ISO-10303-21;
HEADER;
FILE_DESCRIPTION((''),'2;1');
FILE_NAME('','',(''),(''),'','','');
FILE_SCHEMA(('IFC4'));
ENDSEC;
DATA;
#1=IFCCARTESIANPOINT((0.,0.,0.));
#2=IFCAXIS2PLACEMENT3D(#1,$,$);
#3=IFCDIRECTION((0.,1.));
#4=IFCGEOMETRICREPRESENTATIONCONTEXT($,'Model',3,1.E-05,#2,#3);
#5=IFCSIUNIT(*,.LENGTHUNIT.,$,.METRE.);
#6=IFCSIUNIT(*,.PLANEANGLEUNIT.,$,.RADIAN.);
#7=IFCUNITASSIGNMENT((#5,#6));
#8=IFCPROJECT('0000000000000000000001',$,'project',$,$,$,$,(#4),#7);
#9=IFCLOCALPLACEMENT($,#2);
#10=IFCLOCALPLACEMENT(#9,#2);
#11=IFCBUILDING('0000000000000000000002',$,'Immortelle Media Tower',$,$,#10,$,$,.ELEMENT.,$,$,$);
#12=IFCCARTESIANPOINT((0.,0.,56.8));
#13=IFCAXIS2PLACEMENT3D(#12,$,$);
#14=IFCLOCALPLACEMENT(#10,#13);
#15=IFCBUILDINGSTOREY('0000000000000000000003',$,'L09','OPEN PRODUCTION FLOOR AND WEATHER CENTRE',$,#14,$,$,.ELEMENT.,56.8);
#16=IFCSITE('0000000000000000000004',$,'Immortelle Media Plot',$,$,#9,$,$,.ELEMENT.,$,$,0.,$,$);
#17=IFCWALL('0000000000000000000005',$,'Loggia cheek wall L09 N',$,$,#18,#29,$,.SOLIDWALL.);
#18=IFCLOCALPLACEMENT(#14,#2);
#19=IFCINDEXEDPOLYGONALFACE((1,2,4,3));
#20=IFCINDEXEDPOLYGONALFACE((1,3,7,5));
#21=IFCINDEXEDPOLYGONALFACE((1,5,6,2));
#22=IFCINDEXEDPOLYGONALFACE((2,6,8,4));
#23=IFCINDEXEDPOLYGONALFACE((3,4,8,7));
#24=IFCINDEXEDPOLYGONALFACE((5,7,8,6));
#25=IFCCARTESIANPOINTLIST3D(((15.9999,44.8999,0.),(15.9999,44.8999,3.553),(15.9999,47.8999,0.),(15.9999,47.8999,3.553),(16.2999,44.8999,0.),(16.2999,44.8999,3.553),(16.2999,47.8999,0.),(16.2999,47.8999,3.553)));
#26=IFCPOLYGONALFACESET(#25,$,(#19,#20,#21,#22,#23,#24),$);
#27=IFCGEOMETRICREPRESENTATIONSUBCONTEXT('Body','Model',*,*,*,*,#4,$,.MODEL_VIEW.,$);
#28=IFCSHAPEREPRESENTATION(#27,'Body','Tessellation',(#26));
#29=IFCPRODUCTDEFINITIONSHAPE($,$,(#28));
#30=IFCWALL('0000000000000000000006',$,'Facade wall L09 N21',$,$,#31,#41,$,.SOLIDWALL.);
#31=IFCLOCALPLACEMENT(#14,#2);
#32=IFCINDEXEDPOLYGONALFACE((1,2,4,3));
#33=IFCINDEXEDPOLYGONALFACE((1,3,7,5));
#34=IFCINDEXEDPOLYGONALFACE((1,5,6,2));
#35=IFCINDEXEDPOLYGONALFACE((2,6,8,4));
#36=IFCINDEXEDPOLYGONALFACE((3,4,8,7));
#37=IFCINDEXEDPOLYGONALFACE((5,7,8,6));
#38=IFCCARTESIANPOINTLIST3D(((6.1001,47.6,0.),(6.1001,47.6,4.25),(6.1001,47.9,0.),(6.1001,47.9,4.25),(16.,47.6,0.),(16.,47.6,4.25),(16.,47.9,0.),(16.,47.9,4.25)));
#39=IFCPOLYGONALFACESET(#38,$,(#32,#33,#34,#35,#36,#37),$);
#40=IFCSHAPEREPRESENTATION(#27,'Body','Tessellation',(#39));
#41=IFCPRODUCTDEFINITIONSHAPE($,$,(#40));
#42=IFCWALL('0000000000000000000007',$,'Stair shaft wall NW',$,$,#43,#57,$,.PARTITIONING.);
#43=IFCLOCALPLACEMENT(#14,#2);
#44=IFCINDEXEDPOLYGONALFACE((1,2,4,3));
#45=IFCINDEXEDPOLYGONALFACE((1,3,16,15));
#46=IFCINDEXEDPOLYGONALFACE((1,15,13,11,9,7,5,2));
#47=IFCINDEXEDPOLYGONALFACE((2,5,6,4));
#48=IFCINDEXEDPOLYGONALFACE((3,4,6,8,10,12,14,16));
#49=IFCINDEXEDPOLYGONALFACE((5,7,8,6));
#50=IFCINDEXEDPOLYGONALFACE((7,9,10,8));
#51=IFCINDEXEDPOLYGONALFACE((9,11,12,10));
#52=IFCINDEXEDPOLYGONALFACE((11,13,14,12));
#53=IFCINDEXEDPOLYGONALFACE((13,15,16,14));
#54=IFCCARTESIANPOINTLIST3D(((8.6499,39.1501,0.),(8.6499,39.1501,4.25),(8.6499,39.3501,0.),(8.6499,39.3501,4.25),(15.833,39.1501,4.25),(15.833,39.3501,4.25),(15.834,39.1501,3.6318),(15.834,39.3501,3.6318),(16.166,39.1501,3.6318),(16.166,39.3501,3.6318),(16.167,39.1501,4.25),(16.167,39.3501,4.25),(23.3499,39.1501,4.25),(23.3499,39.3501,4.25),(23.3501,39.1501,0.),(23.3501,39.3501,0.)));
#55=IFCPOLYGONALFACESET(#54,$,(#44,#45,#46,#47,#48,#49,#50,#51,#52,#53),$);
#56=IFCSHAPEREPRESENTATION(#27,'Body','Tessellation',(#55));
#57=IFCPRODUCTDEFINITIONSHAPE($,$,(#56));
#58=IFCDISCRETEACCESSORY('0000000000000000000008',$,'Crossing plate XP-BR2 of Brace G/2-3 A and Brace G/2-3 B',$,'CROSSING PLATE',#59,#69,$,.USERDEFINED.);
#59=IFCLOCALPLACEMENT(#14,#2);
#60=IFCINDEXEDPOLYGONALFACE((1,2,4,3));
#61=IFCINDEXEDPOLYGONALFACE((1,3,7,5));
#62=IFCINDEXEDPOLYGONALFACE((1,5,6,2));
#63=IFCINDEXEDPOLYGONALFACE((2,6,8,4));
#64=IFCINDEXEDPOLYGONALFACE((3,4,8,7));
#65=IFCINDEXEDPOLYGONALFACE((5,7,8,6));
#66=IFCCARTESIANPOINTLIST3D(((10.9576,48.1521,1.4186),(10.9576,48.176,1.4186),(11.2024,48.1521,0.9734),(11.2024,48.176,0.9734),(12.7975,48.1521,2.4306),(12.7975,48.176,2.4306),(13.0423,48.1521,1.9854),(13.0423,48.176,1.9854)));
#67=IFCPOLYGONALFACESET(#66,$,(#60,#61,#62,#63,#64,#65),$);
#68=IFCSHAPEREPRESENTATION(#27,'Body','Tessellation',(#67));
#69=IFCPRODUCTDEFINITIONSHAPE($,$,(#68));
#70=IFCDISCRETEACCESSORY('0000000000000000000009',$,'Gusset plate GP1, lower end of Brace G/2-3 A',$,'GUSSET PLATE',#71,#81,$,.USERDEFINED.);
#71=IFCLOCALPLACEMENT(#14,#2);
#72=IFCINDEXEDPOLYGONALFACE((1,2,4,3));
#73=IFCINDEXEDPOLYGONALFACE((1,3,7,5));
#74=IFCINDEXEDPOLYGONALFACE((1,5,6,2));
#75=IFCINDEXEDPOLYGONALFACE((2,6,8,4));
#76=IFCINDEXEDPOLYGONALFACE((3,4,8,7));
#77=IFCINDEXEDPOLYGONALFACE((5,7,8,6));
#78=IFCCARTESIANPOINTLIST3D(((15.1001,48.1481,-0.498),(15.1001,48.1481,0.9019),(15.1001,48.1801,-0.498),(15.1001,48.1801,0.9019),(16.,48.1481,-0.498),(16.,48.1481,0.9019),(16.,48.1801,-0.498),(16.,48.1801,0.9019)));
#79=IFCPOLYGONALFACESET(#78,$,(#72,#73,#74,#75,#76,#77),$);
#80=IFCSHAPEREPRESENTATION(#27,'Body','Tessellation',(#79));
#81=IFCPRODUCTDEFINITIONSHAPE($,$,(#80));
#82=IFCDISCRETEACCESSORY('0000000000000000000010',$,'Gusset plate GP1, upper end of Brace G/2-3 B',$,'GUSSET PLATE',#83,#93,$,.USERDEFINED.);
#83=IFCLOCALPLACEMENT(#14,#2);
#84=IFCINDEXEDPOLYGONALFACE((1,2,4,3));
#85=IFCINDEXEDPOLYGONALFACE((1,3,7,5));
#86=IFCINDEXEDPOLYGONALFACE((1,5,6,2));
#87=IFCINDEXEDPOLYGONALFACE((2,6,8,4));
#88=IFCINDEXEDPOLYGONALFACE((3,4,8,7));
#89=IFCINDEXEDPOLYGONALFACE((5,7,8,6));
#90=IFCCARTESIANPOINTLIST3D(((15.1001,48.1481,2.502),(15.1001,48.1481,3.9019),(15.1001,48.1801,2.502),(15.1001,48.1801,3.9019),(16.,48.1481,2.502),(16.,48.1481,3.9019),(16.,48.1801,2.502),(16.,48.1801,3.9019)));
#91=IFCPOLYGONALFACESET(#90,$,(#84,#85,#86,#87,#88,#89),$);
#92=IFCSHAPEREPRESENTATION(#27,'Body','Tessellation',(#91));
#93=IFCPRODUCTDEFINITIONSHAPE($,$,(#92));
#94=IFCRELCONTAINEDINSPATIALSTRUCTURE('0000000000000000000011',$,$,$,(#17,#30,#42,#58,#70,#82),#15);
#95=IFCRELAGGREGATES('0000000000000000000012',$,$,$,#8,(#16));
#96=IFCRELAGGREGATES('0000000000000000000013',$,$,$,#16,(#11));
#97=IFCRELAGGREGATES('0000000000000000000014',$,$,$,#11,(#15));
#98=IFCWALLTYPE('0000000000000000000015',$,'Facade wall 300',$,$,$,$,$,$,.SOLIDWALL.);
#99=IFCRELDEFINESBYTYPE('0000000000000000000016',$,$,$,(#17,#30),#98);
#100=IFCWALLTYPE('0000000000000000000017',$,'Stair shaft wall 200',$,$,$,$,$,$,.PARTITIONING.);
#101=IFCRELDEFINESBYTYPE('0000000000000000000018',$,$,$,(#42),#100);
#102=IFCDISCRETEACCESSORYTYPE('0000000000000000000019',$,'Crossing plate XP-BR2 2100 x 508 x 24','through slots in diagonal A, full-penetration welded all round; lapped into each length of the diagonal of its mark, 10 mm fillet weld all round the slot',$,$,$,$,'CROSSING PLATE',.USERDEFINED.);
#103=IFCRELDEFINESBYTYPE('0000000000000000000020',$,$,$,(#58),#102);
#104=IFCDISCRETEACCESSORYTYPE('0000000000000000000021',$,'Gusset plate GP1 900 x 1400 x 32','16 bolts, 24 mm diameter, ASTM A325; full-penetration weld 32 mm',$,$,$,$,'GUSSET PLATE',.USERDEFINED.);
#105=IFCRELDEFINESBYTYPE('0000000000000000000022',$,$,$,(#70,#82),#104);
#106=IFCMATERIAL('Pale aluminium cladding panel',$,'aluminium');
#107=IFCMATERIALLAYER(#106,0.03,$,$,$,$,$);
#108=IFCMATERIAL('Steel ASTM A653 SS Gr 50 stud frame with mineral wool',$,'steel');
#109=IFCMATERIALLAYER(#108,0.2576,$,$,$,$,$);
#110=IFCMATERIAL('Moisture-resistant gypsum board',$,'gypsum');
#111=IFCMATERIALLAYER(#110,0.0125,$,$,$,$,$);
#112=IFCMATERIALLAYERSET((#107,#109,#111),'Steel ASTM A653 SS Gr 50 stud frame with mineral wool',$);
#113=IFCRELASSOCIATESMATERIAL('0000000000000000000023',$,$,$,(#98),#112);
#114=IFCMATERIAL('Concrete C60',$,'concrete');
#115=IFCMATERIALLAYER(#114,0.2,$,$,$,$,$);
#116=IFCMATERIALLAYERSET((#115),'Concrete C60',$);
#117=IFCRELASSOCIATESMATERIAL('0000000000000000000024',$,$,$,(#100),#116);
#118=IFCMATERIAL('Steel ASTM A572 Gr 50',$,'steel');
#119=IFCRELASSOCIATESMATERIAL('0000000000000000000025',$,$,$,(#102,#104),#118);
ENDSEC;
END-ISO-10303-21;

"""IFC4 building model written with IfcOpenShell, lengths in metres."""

from ifc_helpers import new_model, si_unit, direction, frame, frame_2d, origin, origin_2d, place, context, subcontext, project, spatial, polyline, rectangle, outline, extrude, material, layer, layer_set, material_profile, profile_set, type_object, element, save


model = new_model("IFC4")

# Units and contexts
model_context = context("Model", 3, precision=1e-05, world=origin(), true_north=direction((0.0, 1.0)))
body_context = subcontext(model_context, "Body", "Model", "MODEL_VIEW")
ifc_project = project(units=[si_unit("LENGTHUNIT", "METRE"), si_unit("PLANEANGLEUNIT", "RADIAN")], contexts=[model_context])

# Site, building, storey
site_placement = place(None, origin())
site = spatial("IfcSite", under=ifc_project, at=site_placement, Name="Immortelle Media Plot", CompositionType="ELEMENT", RefElevation=0.0)
building_placement = place(site_placement, origin())
building = spatial("IfcBuilding", under=site, at=building_placement, Name="Immortelle Media Tower", CompositionType="ELEMENT")
storey_placement = place(building_placement, frame((0.0, 0.0, 56.8)))
storey = spatial("IfcBuildingStorey", under=building, at=storey_placement, Name="L09", Description="OPEN PRODUCTION FLOOR AND WEATHER CENTRE", CompositionType="ELEMENT", Elevation=56.8)

# Walls
ifc_material_1 = material(Name="Pale aluminium cladding panel", Category="aluminium")
ifc_layer_1 = layer(ifc_material_1, 0.03)
ifc_material_2 = material(Name="Steel ASTM A653 SS Gr 50 stud frame with mineral wool", Category="steel")
ifc_layer_2 = layer(ifc_material_2, 0.2576)
ifc_material_3 = material(Name="Moisture-resistant gypsum board", Category="gypsum")
ifc_layer_3 = layer(ifc_material_3, 0.0125)
ifc_layer_set_1 = layer_set([ifc_layer_1, ifc_layer_2, ifc_layer_3], Name="Steel ASTM A653 SS Gr 50 stud frame with mineral wool")
wall_type_1 = type_object("IfcWallType", Name="Facade wall 300", PredefinedType="SOLIDWALL", material=ifc_layer_set_1)
wall_1_placement = place(storey_placement, frame((16.1499, 47.8999, 0.0), z_axis=(0.0, 0.0, 1.0), x_axis=(0.0, -1.0, 0.0)))
element("IfcWall", 1, at=wall_1_placement, inside=storey, type_object=wall_type_1, Name="Loggia cheek wall L09 N", PredefinedType="SOLIDWALL", context=body_context, shape_type="SweptSolid", body=[
    extrude(rectangle(XDim=3.0, YDim=0.3, at=frame_2d((1.5, 0.0))), origin(), (0.0, 0.0, 1.0), 3.553),
])
wall_2_placement = place(storey_placement, frame((16.0, 47.75, 0.0), z_axis=(0.0, 0.0, 1.0), x_axis=(-1.0, 0.0, 0.0)))
element("IfcWall", 2, at=wall_2_placement, inside=storey, type_object=wall_type_1, Name="Facade wall L09 N21", PredefinedType="SOLIDWALL", context=body_context, shape_type="SweptSolid", body=[
    extrude(rectangle(XDim=9.8999, YDim=0.3, at=frame_2d((4.95, 0.0))), origin(), (0.0, 0.0, 1.0), 4.25),
])
ifc_material_4 = material(Name="Concrete C60", Category="concrete")
ifc_layer_4 = layer(ifc_material_4, 0.2)
ifc_layer_set_2 = layer_set([ifc_layer_4], Name="Concrete C60")
wall_type_2 = type_object("IfcWallType", Name="Stair shaft wall 200", PredefinedType="PARTITIONING", material=ifc_layer_set_2)
wall_3_placement = place(storey_placement, frame((8.6499, 39.25, 0.0), z_axis=(0.0, 0.0, 1.0), x_axis=(1.0, 0.0, 0.0)))
element("IfcWall", 3, at=wall_3_placement, inside=storey, type_object=wall_type_2, Name="Stair shaft wall NW", PredefinedType="PARTITIONING", context=body_context, shape_type="SweptSolid", body=[
    extrude(outline(polyline([(0.0, 0.0), (14.7002, 0.0), (14.7, 4.25), (7.5171, 4.25), (7.5161, 3.6318), (7.1841, 3.6318), (7.1831, 4.25), (0.0, 4.25), (0.0, 0.0)])), frame((0.0, 0.1001, 0.0), z_axis=(0.0, -1.0, 0.0), x_axis=(1.0, 0.0, 0.0)), (0.0, 0.0, 1.0), 0.2),
])

# Discrete accessories
ifc_material_5 = material(Name="Steel ASTM A572 Gr 50", Category="steel")
ifc_material_profile_1 = material_profile(ifc_material_5, rectangle(XDim=0.0239, YDim=0.5081, at=origin_2d()), Name="PL 24 x 508")
ifc_profile_set_1 = profile_set([ifc_material_profile_1], Name="Steel ASTM A572 Gr 50")
discrete_accessory_type_1 = type_object("IfcDiscreteAccessoryType", Name="Crossing plate XP-BR2 2100 x 508 x 24", Description="through slots in diagonal A, full-penetration welded all round; lapped into each length of the diagonal of its mark, 10 mm fillet weld all round the slot", ElementType="CROSSING PLATE", PredefinedType="USERDEFINED", material=ifc_profile_set_1)
discrete_accessory_placement = place(storey_placement, frame((12.9199, 48.1641, 2.208), z_axis=(-0.876206, 0.0, -0.481937), x_axis=(0.0, -1.0, 0.0)))
element("IfcDiscreteAccessory", 4, at=discrete_accessory_placement, inside=storey, type_object=discrete_accessory_type_1, Name="Crossing plate XP-BR2 of Brace G/2-3 A and Brace G/2-3 B", ObjectType="CROSSING PLATE", PredefinedType="USERDEFINED", context=body_context, shape_type="SweptSolid", body=[
    extrude(rectangle(XDim=0.0239, YDim=0.5081, at=origin_2d()), origin(), (0.0, 0.0, 1.0), 2.0999),
])
ifc_material_profile_2 = material_profile(ifc_material_5, rectangle(XDim=0.032, YDim=1.3999, at=origin_2d()), Name="PL 32 x 1400")
ifc_profile_set_2 = profile_set([ifc_material_profile_2], Name="Steel ASTM A572 Gr 50")
discrete_accessory_type_2 = type_object("IfcDiscreteAccessoryType", Name="Gusset plate GP1 900 x 1400 x 32", Description="16 bolts, 24 mm diameter, ASTM A325; full-penetration weld 32 mm", ElementType="GUSSET PLATE", PredefinedType="USERDEFINED", material=ifc_profile_set_2)
for number, where, z_axis, x_axis, name in (
    (5, (16.0, 48.1641, 0.2019), (-1.0, 0.0, 0.0), (0.0, -1.0, 0.0), "Gusset plate GP1, lower end of Brace G/2-3 A"),
    (6, (16.0, 48.1641, 3.2019), (-1.0, 0.0, 0.0), (0.0, -1.0, 0.0), "Gusset plate GP1, upper end of Brace G/2-3 B"),
):
    element("IfcDiscreteAccessory", number, at=place(storey_placement, frame(where, z_axis=z_axis, x_axis=x_axis)), inside=storey, type_object=discrete_accessory_type_2, Name=name, ObjectType="GUSSET PLATE", PredefinedType="USERDEFINED", context=body_context, shape_type="SweptSolid", body=[
        extrude(rectangle(XDim=0.032, YDim=1.3999, at=origin_2d()), origin(), (0.0, 0.0, 1.0), 0.8999),
    ])

save(model, "model.ifc")
